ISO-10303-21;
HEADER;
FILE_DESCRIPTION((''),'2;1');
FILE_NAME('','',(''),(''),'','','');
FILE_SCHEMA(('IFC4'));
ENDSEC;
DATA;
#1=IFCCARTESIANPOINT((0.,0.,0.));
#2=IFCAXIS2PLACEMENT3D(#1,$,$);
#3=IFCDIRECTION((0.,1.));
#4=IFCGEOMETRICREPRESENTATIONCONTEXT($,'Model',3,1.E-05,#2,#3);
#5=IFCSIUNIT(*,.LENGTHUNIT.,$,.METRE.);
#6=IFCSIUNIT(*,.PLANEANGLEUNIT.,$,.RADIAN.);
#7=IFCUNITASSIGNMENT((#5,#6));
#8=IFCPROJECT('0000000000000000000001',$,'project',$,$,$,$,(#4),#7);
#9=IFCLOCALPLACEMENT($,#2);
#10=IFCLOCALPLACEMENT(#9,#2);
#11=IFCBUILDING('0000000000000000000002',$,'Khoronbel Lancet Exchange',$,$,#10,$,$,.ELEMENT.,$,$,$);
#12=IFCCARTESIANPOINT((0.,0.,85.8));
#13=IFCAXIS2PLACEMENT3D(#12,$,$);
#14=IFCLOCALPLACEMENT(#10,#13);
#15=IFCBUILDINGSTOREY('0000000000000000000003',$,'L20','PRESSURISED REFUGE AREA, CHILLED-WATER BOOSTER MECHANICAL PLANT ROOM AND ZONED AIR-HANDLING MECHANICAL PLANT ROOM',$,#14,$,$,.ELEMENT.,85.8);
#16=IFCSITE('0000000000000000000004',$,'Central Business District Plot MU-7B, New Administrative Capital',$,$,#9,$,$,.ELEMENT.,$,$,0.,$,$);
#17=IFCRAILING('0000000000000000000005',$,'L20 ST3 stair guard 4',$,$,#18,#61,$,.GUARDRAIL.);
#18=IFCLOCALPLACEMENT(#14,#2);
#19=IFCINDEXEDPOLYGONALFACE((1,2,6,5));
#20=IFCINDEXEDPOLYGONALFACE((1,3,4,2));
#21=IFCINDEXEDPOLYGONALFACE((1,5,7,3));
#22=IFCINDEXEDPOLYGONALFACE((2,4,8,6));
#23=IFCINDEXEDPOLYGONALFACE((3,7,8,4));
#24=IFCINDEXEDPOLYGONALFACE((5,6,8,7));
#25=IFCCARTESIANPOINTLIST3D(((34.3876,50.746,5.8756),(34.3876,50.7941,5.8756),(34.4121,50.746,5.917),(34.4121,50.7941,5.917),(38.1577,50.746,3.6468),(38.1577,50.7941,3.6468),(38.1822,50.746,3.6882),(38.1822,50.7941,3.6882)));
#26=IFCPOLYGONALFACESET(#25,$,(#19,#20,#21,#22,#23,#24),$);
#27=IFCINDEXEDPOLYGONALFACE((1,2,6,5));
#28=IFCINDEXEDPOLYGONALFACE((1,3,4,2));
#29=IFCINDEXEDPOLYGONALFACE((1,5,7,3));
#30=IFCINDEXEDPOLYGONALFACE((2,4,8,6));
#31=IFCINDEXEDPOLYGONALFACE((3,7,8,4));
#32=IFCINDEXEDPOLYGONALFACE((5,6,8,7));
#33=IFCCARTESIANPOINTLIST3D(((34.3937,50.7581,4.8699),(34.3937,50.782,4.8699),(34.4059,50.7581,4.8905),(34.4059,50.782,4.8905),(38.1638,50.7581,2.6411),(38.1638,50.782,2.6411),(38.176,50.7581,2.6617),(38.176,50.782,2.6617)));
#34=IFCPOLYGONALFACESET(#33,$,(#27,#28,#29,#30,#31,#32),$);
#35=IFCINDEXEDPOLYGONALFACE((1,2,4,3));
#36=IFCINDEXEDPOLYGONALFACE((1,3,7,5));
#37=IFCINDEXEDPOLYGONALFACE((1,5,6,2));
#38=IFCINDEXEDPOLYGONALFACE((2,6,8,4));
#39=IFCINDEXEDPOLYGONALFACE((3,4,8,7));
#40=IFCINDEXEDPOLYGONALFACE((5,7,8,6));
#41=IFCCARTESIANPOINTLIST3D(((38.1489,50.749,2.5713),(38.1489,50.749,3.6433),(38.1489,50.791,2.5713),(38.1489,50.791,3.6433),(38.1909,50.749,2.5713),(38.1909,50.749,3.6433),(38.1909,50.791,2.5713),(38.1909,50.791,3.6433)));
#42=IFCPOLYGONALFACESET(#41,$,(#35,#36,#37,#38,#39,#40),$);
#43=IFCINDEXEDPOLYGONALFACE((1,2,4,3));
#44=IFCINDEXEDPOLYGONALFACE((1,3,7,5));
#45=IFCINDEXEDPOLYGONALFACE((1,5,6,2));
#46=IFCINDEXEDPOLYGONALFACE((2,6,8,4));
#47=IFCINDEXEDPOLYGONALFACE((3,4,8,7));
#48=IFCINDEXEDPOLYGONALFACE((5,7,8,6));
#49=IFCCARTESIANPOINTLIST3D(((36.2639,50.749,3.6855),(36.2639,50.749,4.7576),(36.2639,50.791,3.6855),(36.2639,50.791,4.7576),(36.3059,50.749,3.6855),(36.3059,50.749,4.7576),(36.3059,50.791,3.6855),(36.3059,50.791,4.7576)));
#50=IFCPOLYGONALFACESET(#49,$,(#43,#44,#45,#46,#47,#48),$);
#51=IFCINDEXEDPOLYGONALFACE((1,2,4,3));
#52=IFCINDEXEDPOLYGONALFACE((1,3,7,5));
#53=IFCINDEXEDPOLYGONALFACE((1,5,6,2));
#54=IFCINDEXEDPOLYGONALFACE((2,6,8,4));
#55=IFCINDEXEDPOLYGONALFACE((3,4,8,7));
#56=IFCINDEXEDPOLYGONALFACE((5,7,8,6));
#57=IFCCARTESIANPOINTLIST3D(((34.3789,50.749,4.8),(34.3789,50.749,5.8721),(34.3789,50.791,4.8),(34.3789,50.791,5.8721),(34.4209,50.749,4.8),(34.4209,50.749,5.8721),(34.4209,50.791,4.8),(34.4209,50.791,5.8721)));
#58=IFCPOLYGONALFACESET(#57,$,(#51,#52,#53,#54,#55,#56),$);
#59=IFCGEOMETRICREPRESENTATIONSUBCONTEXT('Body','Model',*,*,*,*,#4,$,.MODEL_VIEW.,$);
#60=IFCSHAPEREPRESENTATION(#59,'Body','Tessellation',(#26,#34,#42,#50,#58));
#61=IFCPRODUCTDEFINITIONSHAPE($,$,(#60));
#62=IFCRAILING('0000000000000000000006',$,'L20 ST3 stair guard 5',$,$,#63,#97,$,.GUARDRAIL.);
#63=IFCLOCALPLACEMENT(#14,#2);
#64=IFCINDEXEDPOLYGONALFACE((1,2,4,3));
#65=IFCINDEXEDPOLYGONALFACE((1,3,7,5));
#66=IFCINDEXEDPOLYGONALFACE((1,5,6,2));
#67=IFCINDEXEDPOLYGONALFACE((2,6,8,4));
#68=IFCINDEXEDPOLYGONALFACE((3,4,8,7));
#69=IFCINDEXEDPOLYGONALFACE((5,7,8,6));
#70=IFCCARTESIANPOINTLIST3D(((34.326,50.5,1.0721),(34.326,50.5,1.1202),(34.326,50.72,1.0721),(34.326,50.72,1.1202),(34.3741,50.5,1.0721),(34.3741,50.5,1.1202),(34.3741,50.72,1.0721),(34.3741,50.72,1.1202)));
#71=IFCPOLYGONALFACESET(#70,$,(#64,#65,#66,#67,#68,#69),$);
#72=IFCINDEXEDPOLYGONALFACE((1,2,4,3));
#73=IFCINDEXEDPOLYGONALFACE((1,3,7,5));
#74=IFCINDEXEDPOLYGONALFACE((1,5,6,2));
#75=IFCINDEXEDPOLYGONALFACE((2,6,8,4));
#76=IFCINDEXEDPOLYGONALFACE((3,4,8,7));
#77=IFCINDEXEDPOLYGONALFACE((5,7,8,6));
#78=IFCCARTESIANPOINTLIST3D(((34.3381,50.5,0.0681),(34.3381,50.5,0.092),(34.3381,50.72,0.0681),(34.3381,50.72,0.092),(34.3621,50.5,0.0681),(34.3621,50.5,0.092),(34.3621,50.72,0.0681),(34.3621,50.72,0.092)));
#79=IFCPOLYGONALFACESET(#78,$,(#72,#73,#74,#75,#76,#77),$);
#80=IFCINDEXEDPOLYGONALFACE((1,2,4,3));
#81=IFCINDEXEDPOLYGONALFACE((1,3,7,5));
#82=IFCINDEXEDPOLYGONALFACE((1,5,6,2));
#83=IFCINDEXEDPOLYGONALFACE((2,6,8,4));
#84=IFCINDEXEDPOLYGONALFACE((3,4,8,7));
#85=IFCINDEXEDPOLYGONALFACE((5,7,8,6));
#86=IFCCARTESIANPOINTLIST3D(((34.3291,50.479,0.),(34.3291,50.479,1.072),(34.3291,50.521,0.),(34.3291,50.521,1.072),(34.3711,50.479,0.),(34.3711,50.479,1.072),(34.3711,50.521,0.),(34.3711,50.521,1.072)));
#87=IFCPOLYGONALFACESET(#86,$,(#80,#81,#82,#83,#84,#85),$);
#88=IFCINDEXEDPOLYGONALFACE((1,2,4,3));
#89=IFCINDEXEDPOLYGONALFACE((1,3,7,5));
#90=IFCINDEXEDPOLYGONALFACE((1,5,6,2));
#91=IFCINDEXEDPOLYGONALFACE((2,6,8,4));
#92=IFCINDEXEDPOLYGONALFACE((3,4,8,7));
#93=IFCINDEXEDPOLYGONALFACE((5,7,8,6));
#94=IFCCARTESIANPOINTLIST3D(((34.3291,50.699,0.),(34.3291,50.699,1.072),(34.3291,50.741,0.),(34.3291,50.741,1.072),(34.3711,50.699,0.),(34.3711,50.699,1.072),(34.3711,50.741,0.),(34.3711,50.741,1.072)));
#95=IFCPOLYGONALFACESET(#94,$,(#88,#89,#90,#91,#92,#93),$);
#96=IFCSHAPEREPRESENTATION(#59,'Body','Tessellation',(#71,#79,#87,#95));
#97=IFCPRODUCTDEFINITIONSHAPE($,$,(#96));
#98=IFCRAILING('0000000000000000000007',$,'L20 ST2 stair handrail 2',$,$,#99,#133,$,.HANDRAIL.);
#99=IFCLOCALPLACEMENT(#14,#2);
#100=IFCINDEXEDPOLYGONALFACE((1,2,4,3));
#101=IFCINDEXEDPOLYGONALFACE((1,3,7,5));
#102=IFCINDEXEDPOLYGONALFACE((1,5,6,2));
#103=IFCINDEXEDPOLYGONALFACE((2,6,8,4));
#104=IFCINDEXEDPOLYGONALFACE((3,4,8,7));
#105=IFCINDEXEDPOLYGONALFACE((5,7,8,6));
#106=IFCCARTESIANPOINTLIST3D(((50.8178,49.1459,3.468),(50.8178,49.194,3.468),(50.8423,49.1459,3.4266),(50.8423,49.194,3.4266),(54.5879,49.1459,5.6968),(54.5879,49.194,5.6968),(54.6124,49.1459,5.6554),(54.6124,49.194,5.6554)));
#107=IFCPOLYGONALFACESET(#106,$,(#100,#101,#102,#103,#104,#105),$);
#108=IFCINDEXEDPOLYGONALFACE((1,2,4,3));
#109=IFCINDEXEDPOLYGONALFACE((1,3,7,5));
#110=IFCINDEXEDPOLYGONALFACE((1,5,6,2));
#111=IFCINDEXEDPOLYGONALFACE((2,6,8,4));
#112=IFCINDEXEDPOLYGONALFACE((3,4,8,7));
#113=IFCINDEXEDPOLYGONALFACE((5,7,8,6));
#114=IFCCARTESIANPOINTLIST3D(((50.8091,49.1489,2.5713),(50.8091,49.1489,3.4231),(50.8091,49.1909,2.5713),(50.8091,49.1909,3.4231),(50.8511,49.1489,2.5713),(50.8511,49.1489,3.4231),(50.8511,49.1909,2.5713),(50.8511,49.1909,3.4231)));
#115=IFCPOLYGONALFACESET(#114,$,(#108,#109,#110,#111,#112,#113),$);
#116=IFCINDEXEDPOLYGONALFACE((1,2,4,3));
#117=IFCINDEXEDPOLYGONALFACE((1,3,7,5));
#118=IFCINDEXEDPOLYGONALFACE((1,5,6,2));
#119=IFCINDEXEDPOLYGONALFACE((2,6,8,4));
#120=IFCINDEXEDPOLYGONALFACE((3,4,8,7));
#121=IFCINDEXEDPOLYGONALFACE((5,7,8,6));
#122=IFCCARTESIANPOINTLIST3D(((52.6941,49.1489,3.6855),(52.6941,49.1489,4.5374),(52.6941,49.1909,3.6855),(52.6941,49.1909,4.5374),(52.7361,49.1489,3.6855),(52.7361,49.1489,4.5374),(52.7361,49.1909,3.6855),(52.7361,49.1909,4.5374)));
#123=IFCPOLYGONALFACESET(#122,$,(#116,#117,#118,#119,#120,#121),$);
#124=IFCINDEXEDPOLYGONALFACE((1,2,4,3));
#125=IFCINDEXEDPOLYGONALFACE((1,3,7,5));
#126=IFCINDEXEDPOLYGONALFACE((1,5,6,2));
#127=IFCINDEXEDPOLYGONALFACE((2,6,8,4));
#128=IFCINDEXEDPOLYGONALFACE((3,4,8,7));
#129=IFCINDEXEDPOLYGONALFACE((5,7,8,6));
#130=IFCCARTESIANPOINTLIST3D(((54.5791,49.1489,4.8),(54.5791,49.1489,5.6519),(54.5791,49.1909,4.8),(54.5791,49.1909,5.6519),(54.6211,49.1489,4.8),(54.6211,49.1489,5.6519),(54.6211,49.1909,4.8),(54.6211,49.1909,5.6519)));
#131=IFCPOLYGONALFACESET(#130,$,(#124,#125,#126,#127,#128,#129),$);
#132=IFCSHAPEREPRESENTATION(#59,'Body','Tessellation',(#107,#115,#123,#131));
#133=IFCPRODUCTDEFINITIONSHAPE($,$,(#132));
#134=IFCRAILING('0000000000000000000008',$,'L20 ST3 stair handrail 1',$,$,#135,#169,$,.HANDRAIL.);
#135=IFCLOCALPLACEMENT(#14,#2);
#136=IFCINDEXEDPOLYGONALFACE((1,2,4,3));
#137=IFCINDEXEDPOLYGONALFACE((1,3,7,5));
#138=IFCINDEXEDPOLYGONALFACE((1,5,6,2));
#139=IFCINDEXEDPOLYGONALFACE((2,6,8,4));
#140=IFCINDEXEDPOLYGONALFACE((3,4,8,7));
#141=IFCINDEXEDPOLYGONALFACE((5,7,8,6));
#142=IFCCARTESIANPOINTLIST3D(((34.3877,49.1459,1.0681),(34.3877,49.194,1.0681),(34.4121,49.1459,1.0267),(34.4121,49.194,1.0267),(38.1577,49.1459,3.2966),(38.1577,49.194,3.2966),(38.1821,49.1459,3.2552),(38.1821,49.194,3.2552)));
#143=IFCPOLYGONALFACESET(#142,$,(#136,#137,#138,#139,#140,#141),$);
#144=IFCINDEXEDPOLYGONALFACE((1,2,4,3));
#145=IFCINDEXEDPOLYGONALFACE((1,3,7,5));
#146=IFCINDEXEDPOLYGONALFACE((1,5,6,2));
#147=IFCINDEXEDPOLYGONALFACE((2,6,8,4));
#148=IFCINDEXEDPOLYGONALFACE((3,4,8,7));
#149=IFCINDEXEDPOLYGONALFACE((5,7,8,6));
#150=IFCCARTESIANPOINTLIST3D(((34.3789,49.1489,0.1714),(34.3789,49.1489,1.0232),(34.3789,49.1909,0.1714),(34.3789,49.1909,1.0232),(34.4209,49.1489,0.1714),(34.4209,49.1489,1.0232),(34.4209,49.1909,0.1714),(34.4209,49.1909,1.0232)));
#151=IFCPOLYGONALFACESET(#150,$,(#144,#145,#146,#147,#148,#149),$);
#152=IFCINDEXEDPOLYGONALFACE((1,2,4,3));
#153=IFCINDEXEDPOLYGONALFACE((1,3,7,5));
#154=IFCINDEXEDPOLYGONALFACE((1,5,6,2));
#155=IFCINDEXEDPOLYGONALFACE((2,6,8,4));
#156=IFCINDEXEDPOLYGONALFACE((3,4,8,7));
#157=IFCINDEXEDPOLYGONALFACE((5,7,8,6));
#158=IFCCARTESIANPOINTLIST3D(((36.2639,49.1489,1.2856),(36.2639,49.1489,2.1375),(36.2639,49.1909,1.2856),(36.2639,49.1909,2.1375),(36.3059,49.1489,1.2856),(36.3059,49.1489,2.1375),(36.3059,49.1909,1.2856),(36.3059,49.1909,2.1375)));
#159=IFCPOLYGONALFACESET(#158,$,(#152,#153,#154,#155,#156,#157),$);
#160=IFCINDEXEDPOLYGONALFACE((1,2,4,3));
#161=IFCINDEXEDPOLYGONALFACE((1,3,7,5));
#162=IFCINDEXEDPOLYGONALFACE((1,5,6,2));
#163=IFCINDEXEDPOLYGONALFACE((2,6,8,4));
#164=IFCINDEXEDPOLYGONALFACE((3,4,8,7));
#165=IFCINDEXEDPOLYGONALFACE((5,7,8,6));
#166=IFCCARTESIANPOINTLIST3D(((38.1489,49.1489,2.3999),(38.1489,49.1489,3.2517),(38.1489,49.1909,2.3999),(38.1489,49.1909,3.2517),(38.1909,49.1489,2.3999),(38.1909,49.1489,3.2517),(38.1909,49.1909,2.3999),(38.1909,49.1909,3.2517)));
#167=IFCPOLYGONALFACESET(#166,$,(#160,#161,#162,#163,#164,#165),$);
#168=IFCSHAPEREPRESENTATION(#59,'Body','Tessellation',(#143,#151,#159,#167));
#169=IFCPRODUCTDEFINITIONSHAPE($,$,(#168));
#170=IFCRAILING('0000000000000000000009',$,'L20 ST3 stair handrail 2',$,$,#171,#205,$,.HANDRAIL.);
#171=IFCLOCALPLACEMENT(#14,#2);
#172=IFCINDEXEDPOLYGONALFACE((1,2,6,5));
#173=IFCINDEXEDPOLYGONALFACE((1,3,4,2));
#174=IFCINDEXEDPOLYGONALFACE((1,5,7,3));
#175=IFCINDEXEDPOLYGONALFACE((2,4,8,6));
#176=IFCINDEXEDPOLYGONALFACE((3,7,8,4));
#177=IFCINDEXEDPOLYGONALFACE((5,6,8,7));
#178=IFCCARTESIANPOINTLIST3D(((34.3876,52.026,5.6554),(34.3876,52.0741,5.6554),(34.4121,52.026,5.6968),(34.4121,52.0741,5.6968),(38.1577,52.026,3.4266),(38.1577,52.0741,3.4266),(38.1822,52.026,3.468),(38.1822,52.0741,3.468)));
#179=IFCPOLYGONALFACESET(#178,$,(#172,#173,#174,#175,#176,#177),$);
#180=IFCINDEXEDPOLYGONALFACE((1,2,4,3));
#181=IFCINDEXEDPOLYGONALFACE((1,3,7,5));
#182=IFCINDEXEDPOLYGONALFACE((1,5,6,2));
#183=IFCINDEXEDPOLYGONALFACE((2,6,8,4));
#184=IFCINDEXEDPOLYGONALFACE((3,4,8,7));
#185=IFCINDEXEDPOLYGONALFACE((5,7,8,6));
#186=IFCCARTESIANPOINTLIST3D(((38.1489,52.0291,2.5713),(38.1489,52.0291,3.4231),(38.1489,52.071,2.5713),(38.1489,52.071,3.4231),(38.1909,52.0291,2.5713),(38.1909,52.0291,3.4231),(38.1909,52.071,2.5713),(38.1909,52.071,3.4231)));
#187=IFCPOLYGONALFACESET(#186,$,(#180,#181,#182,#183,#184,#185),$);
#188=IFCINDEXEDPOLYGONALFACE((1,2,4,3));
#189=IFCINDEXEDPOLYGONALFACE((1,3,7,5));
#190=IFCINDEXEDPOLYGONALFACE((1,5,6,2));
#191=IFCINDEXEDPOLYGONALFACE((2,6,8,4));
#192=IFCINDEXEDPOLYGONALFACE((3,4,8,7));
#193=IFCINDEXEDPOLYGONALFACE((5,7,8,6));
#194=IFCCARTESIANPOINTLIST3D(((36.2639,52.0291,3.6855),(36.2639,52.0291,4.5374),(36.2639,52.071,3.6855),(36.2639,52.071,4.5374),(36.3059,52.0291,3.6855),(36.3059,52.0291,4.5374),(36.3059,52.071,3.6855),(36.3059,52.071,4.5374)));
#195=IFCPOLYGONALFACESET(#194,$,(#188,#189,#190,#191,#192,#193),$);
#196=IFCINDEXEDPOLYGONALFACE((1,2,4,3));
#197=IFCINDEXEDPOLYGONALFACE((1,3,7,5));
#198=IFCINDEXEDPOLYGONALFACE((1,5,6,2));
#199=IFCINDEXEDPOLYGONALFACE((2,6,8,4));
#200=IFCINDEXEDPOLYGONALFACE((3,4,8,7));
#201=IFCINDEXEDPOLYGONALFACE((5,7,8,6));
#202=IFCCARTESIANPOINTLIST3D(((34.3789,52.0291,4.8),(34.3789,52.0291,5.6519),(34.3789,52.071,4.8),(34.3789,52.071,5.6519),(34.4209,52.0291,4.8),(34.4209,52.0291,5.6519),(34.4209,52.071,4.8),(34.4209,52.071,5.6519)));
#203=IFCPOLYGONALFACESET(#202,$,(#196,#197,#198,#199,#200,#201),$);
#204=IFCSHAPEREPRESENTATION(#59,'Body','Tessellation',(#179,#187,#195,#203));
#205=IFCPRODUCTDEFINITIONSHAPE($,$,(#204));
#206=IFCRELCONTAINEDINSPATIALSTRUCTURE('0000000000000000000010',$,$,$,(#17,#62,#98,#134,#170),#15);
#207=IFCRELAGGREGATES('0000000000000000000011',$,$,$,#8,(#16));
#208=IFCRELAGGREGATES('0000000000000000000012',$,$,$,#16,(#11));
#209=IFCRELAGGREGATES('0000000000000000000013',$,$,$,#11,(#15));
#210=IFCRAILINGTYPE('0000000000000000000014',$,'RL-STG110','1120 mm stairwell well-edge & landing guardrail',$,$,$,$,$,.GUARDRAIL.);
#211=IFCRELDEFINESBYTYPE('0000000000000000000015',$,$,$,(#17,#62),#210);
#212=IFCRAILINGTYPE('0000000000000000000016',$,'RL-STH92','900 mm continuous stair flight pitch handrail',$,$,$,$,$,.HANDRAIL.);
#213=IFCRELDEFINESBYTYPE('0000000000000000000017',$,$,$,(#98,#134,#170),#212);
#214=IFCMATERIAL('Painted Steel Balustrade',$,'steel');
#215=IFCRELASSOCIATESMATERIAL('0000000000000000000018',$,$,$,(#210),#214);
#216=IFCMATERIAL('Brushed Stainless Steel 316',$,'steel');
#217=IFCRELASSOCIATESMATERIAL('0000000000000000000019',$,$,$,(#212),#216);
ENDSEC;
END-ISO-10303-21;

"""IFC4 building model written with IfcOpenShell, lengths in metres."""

from ifc_helpers import new_model, si_unit, direction, frame, origin, origin_2d, place, context, subcontext, project, spatial, rectangle, extrude, material, type_object, element, save


model = new_model("IFC4")

# Units and contexts
model_context = context("Model", 3, precision=1e-05, world=origin(), true_north=direction((0.0, 1.0)))
body_context = subcontext(model_context, "Body", "Model", "MODEL_VIEW")
ifc_project = project(units=[si_unit("LENGTHUNIT", "METRE"), si_unit("PLANEANGLEUNIT", "RADIAN")], contexts=[model_context])

# Site, building, storey
site_placement = place(None, origin())
site = spatial("IfcSite", under=ifc_project, at=site_placement, Name="Central Business District Plot MU-7B, New Administrative Capital", CompositionType="ELEMENT", RefElevation=0.0)
building_placement = place(site_placement, origin())
building = spatial("IfcBuilding", under=site, at=building_placement, Name="Khoronbel Lancet Exchange", CompositionType="ELEMENT")
storey_placement = place(building_placement, frame((0.0, 0.0, 85.8)))
storey = spatial("IfcBuildingStorey", under=building, at=storey_placement, Name="L20", Description="PRESSURISED REFUGE AREA, CHILLED-WATER BOOSTER MECHANICAL PLANT ROOM AND ZONED AIR-HANDLING MECHANICAL PLANT ROOM", CompositionType="ELEMENT", Elevation=85.8)

# Railings
ifc_material_1 = material(Name="Painted Steel Balustrade", Category="steel")
railing_type_1 = type_object("IfcRailingType", Name="RL-STG110", Description="1120 mm stairwell well-edge & landing guardrail", PredefinedType="GUARDRAIL", material=ifc_material_1)
railing_1_placement = place(storey_placement, frame((38.1699, 50.77, 2.5713)))
element("IfcRailing", 1, at=railing_1_placement, inside=storey, type_object=railing_type_1, Name="L20 ST3 stair guard 4", PredefinedType="GUARDRAIL", context=body_context, shape_type="SweptSolid", body=[
    extrude(rectangle(XDim=0.0481, YDim=0.0481, at=origin_2d()), frame((0.0, 0.0, 1.0962), z_axis=(-0.860824, 0.0, 0.508902), x_axis=(0.0, -1.0, 0.0)), (0.0, 0.0, 1.0), 4.3796),
    extrude(rectangle(XDim=0.0239, YDim=0.0239, at=origin_2d()), frame((0.0, 0.0, 0.0801), z_axis=(-0.860824, 0.0, 0.508902), x_axis=(0.0, -1.0, 0.0)), (0.0, 0.0, 1.0), 4.3796),
    extrude(rectangle(XDim=0.042, YDim=0.042, at=origin_2d()), origin(), (0.0, 0.0, 1.0), 1.072),
    extrude(rectangle(XDim=0.042, YDim=0.042, at=origin_2d()), frame((-1.885, 0.0, 1.1143)), (0.0, 0.0, 1.0), 1.072),
    extrude(rectangle(XDim=0.042, YDim=0.042, at=origin_2d()), frame((-3.77, 0.0, 2.2288)), (0.0, 0.0, 1.0), 1.072),
])
railing_2_placement = place(storey_placement, frame((34.3501, 50.5, 0.0)))
element("IfcRailing", 2, at=railing_2_placement, inside=storey, type_object=railing_type_1, Name="L20 ST3 stair guard 5", PredefinedType="GUARDRAIL", context=body_context, shape_type="SweptSolid", body=[
    extrude(rectangle(XDim=0.0481, YDim=0.0481, at=origin_2d()), frame((0.0, 0.0, 1.0962), z_axis=(0.0, 1.0, 0.0), x_axis=(-1.0, 0.0, 0.0)), (0.0, 0.0, 1.0), 0.22),
    extrude(rectangle(XDim=0.0239, YDim=0.0239, at=origin_2d()), frame((0.0, 0.0, 0.0801), z_axis=(0.0, 1.0, 0.0), x_axis=(-1.0, 0.0, 0.0)), (0.0, 0.0, 1.0), 0.22),
    extrude(rectangle(XDim=0.042, YDim=0.042, at=origin_2d()), origin(), (0.0, 0.0, 1.0), 1.072),
    extrude(rectangle(XDim=0.042, YDim=0.042, at=origin_2d()), frame((0.0, 0.22, 0.0)), (0.0, 0.0, 1.0), 1.072),
])
ifc_material_2 = material(Name="Brushed Stainless Steel 316", Category="steel")
railing_type_2 = type_object("IfcRailingType", Name="RL-STH92", Description="900 mm continuous stair flight pitch handrail", PredefinedType="HANDRAIL", material=ifc_material_2)
railing_3_placement = place(storey_placement, frame((50.8301, 49.1699, 2.5713)))
element("IfcRailing", 3, at=railing_3_placement, inside=storey, type_object=railing_type_2, Name="L20 ST2 stair handrail 2", PredefinedType="HANDRAIL", context=body_context, shape_type="SweptSolid", body=[
    extrude(rectangle(XDim=0.0481, YDim=0.0481, at=origin_2d()), frame((0.0, 0.0, 0.876), z_axis=(0.860824, 0.0, 0.508902), x_axis=(0.0, 1.0, 0.0)), (0.0, 0.0, 1.0), 4.3796),
    extrude(rectangle(XDim=0.042, YDim=0.042, at=origin_2d()), origin(), (0.0, 0.0, 1.0), 0.8518),
    extrude(rectangle(XDim=0.042, YDim=0.042, at=origin_2d()), frame((1.885, 0.0, 1.1143)), (0.0, 0.0, 1.0), 0.8518),
    extrude(rectangle(XDim=0.042, YDim=0.042, at=origin_2d()), frame((3.77, 0.0, 2.2288)), (0.0, 0.0, 1.0), 0.8518),
])
railing_4_placement = place(storey_placement, frame((34.3999, 49.1699, 0.1714)))
element("IfcRailing", 4, at=railing_4_placement, inside=storey, type_object=railing_type_2, Name="L20 ST3 stair handrail 1", PredefinedType="HANDRAIL", context=body_context, shape_type="SweptSolid", body=[
    extrude(rectangle(XDim=0.0481, YDim=0.0481, at=origin_2d()), frame((0.0, 0.0, 0.876), z_axis=(0.860849, 0.0, 0.508861), x_axis=(0.0, 1.0, 0.0)), (0.0, 0.0, 1.0), 4.3794),
    extrude(rectangle(XDim=0.042, YDim=0.042, at=origin_2d()), origin(), (0.0, 0.0, 1.0), 0.8518),
    extrude(rectangle(XDim=0.042, YDim=0.042, at=origin_2d()), frame((1.885, 0.0, 1.1143)), (0.0, 0.0, 1.0), 0.8518),
    extrude(rectangle(XDim=0.042, YDim=0.042, at=origin_2d()), frame((3.77, 0.0, 2.2285)), (0.0, 0.0, 1.0), 0.8518),
])
railing_5_placement = place(storey_placement, frame((38.1699, 52.05, 2.5713)))
element("IfcRailing", 5, at=railing_5_placement, inside=storey, type_object=railing_type_2, Name="L20 ST3 stair handrail 2", PredefinedType="HANDRAIL", context=body_context, shape_type="SweptSolid", body=[
    extrude(rectangle(XDim=0.0481, YDim=0.0481, at=origin_2d()), frame((0.0, 0.0, 0.876), z_axis=(-0.860824, 0.0, 0.508902), x_axis=(0.0, -1.0, 0.0)), (0.0, 0.0, 1.0), 4.3796),
    extrude(rectangle(XDim=0.042, YDim=0.042, at=origin_2d()), origin(), (0.0, 0.0, 1.0), 0.8518),
    extrude(rectangle(XDim=0.042, YDim=0.042, at=origin_2d()), frame((-1.885, 0.0, 1.1143)), (0.0, 0.0, 1.0), 0.8518),
    extrude(rectangle(XDim=0.042, YDim=0.042, at=origin_2d()), frame((-3.77, 0.0, 2.2288)), (0.0, 0.0, 1.0), 0.8518),
])

save(model, "model.ifc")
